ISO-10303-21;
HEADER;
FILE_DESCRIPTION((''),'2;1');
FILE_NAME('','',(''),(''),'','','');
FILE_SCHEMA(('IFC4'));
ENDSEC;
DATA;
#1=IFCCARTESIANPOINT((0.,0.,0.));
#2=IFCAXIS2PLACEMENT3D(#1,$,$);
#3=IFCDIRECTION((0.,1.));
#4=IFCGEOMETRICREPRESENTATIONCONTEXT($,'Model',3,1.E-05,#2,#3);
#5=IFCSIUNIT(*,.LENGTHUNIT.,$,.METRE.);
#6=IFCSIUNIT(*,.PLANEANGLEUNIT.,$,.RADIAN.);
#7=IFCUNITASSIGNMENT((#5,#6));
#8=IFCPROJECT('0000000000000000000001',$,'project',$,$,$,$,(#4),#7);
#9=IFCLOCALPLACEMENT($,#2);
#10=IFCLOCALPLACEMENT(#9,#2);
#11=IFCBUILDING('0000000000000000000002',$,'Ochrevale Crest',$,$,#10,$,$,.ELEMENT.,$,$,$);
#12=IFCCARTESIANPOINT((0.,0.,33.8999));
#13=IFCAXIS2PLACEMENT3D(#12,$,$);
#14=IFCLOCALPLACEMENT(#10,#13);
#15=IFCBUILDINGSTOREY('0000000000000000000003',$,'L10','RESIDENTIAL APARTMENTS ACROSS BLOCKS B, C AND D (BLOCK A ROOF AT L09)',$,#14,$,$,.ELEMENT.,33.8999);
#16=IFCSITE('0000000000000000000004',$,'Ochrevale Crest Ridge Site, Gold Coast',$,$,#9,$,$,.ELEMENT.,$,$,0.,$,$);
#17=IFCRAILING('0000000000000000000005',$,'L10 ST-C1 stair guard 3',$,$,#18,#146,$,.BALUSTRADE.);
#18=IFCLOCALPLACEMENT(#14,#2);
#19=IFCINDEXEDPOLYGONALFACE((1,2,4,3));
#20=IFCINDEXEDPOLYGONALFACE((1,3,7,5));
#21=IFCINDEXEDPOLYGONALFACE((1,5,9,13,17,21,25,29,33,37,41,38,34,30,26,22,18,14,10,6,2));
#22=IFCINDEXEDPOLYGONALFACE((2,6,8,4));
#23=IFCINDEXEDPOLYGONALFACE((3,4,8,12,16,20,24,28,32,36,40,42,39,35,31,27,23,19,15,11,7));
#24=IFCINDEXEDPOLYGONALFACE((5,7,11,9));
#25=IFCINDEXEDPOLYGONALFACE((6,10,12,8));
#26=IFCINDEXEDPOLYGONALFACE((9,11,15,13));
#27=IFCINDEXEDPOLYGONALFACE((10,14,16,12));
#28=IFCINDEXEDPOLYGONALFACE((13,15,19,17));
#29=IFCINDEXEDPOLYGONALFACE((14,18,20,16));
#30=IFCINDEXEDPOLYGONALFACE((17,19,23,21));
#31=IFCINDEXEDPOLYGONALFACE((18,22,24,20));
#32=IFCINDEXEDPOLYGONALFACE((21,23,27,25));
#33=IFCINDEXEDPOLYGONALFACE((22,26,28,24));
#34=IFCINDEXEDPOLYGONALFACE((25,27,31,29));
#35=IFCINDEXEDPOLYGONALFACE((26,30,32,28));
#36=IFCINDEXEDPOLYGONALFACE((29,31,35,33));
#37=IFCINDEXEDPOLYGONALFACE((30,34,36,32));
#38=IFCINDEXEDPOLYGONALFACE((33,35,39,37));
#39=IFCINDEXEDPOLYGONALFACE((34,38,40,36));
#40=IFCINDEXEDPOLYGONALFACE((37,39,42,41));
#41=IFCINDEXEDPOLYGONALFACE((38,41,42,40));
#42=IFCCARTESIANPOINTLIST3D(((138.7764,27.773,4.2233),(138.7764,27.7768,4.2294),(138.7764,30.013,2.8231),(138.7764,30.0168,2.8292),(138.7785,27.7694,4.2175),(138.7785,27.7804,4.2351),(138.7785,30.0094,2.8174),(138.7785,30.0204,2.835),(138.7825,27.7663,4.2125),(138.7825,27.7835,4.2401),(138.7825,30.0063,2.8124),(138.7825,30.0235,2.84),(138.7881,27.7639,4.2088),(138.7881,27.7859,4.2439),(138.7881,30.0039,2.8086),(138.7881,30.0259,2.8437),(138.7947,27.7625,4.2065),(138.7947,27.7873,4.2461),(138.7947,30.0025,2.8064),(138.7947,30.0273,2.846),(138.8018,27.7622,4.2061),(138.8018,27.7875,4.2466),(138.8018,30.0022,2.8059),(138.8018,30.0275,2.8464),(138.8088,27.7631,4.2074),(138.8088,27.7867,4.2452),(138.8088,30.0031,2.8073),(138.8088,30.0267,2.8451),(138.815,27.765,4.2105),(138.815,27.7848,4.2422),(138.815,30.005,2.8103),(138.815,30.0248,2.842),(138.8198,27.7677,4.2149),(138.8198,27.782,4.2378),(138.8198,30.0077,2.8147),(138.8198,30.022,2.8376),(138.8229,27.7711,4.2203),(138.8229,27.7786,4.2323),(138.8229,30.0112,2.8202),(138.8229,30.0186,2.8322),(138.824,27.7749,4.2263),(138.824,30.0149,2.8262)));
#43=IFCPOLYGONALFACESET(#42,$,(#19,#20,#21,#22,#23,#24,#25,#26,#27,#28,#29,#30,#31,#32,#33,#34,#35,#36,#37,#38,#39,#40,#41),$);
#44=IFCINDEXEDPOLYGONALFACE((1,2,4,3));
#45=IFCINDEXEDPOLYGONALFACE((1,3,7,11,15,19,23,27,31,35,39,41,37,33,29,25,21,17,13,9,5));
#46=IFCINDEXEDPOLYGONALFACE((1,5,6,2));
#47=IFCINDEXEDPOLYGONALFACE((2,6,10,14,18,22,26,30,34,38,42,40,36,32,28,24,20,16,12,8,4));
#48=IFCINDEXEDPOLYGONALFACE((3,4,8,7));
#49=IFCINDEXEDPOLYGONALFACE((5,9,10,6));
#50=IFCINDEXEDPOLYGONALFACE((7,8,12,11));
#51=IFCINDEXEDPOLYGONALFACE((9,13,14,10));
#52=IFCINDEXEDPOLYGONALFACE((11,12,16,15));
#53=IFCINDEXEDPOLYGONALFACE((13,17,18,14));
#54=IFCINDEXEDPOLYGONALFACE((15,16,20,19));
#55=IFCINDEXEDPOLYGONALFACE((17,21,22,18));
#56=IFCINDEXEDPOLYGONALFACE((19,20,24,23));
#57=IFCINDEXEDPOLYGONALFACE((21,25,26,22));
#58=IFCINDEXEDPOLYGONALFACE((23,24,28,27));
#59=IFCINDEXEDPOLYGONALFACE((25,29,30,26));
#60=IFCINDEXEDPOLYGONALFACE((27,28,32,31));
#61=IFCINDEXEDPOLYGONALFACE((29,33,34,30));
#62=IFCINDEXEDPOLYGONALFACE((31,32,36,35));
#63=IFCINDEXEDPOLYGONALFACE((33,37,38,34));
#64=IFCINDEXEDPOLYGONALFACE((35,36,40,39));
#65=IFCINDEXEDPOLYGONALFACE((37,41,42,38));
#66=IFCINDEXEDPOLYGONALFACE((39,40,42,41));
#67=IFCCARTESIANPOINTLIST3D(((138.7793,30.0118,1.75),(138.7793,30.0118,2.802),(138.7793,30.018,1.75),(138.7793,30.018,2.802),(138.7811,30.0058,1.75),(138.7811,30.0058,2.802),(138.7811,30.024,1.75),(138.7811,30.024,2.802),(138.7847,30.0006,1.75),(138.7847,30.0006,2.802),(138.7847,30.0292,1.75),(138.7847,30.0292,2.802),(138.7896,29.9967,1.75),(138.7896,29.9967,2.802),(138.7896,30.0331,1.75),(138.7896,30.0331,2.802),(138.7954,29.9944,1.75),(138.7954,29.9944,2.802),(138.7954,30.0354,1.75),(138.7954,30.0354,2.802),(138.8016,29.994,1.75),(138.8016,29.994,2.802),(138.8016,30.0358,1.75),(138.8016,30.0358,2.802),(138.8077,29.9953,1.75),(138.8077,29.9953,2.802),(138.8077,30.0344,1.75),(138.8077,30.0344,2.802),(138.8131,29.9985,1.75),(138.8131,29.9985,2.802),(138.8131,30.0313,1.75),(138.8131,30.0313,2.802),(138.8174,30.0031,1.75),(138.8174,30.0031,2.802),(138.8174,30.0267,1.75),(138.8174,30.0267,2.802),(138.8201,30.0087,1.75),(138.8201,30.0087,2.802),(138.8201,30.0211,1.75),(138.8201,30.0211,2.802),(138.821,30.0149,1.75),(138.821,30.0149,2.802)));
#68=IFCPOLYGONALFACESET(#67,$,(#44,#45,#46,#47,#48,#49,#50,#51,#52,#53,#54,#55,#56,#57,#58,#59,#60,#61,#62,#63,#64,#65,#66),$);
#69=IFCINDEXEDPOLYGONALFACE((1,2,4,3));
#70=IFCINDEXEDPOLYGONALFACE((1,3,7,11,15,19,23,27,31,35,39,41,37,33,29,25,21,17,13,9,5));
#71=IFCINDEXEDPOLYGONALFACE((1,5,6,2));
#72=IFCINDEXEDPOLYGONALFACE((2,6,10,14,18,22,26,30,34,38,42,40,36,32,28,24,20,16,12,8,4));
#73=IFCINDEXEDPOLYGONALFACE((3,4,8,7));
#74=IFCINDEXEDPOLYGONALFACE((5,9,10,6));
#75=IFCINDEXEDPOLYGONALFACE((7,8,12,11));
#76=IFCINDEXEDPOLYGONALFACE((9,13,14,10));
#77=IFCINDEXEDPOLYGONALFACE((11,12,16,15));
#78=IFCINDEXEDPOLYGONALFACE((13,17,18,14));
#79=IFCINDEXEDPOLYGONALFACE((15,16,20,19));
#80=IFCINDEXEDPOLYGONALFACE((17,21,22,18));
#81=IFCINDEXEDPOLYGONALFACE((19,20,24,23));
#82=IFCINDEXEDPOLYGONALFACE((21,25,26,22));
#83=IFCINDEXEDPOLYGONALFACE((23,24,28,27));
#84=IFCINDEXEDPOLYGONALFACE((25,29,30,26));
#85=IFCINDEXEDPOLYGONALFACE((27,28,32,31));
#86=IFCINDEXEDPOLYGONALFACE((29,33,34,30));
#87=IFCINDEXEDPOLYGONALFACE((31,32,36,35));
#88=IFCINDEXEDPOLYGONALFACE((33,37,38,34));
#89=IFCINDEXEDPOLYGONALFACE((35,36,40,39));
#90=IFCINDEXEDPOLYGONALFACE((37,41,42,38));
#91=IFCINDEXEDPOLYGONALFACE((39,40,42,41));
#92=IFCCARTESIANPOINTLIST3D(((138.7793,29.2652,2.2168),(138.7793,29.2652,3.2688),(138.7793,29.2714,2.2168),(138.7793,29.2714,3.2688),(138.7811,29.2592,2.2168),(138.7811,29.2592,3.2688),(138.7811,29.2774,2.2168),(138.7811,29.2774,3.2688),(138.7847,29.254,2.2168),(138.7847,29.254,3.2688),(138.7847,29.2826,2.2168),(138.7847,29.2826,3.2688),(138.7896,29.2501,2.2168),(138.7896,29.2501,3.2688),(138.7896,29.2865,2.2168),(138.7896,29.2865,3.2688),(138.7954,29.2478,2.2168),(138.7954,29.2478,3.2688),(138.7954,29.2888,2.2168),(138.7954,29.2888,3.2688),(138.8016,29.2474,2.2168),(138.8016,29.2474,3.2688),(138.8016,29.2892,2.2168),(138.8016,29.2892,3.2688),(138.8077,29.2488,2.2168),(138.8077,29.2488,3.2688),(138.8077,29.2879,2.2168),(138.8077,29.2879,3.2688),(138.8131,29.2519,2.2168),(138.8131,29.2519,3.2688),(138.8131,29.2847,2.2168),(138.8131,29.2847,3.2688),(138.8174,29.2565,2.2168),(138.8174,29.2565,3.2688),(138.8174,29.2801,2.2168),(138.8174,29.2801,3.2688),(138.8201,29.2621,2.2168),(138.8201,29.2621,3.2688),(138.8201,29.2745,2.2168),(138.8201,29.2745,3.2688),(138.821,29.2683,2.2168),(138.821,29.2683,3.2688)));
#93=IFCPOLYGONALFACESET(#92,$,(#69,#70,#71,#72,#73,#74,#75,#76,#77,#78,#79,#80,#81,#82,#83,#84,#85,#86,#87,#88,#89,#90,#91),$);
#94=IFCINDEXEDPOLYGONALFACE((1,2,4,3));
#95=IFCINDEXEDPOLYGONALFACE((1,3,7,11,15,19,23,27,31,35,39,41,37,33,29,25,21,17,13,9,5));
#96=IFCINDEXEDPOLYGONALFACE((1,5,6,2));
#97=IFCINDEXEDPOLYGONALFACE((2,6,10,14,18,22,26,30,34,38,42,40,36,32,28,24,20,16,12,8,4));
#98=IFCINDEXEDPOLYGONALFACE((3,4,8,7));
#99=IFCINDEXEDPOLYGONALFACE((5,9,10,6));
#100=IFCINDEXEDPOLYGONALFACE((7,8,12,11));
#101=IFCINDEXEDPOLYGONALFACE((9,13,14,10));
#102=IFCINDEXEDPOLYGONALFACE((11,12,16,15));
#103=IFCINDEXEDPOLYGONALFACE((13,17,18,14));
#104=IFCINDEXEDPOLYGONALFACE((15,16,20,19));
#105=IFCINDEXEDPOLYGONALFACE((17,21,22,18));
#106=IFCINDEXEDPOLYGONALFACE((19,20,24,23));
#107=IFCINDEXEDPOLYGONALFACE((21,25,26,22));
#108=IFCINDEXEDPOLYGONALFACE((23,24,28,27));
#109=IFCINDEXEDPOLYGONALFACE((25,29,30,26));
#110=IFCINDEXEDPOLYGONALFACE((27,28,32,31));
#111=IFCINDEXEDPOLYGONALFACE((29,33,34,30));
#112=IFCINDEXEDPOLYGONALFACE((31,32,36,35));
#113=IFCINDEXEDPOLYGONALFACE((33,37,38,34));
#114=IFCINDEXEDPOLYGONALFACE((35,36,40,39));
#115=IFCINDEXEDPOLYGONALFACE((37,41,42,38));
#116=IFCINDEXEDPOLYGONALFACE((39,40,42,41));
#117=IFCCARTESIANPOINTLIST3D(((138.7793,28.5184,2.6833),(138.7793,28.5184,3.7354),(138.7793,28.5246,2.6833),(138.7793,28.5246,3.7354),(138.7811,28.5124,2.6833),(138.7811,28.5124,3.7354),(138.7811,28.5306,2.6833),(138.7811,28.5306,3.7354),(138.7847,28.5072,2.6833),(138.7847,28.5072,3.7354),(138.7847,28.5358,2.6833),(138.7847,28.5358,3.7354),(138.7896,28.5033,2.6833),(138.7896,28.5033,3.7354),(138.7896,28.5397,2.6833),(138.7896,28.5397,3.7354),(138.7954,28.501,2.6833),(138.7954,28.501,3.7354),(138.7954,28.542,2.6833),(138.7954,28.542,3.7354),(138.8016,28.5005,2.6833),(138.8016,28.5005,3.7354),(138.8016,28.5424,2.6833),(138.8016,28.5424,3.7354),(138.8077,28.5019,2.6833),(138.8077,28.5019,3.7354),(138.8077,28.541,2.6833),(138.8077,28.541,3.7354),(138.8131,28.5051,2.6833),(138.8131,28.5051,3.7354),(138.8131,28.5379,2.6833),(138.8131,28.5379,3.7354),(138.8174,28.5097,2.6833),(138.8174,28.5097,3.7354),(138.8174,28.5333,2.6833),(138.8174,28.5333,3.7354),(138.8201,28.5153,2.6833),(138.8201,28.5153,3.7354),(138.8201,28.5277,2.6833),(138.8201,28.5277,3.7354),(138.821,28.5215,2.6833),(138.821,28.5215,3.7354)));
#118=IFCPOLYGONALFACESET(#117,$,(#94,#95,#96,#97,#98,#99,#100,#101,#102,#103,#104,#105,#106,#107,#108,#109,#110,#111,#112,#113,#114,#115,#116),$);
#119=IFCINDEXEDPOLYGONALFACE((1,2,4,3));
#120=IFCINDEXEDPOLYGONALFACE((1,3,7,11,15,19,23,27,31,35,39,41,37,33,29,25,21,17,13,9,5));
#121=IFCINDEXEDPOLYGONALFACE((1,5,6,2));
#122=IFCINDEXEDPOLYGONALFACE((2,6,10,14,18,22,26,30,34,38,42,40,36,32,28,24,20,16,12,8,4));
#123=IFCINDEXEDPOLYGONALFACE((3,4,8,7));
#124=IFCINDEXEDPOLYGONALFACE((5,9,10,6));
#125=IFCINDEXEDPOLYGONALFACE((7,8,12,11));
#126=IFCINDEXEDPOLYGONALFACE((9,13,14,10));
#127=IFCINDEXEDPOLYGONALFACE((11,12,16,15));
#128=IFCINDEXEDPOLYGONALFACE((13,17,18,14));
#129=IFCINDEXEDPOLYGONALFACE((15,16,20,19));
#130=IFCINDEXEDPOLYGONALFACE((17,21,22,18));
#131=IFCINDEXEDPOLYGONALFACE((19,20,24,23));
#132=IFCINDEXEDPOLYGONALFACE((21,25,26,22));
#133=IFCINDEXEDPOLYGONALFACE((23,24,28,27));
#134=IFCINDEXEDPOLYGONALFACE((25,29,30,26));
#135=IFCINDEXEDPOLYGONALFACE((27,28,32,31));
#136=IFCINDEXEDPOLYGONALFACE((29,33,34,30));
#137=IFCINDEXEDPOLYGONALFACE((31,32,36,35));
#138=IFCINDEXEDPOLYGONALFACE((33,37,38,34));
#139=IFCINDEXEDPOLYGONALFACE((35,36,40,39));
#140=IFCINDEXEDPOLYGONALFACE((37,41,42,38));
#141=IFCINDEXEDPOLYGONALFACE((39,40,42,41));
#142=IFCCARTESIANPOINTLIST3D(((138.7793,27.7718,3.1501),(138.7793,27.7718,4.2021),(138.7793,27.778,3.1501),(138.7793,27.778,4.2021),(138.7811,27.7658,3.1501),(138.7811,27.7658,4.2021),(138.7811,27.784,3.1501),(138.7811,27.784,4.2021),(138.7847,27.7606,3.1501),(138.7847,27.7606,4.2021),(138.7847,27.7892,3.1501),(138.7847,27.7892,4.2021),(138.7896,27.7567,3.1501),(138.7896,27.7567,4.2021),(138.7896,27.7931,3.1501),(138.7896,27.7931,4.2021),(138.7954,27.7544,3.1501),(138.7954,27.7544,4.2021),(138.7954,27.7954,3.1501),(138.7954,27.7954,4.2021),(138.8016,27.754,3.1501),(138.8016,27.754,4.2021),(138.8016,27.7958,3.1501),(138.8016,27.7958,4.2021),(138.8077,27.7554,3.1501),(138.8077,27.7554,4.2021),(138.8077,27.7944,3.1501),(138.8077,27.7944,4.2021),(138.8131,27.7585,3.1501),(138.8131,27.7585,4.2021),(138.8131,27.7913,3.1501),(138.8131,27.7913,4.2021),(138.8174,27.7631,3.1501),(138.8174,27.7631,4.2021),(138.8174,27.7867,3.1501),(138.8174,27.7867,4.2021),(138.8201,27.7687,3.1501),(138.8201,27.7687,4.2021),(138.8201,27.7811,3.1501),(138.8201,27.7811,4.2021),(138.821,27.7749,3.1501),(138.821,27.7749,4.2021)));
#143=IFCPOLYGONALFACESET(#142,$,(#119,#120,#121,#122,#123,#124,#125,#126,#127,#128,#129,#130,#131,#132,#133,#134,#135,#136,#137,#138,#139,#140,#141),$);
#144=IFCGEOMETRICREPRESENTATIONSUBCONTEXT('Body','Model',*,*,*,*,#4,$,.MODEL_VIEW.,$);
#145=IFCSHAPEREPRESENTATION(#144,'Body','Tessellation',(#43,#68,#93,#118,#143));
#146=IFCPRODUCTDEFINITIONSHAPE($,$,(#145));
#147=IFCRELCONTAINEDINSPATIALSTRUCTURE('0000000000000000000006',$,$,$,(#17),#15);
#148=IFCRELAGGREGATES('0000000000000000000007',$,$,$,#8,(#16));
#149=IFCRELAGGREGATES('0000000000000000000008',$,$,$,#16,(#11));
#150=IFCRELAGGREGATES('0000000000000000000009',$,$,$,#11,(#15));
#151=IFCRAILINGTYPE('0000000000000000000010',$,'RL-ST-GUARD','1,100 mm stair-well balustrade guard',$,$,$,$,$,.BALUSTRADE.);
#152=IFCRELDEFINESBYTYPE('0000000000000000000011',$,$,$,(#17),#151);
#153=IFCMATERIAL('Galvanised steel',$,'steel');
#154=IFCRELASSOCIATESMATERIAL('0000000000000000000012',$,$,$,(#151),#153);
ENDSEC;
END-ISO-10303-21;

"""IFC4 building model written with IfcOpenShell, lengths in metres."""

from ifc_helpers import new_model, si_unit, direction, frame, origin, origin_2d, place, context, subcontext, project, spatial, circle, extrude, material, type_object, element, save


model = new_model("IFC4")

# Units and contexts
model_context = context("Model", 3, precision=1e-05, world=origin(), true_north=direction((0.0, 1.0)))
body_context = subcontext(model_context, "Body", "Model", "MODEL_VIEW")
ifc_project = project(units=[si_unit("LENGTHUNIT", "METRE"), si_unit("PLANEANGLEUNIT", "RADIAN")], contexts=[model_context])

# Site, building, storey
site_placement = place(None, origin())
site = spatial("IfcSite", under=ifc_project, at=site_placement, Name="Ochrevale Crest Ridge Site, Gold Coast", CompositionType="ELEMENT", RefElevation=0.0)
building_placement = place(site_placement, origin())
building = spatial("IfcBuilding", under=site, at=building_placement, Name="Ochrevale Crest", CompositionType="ELEMENT")
storey_placement = place(building_placement, frame((0.0, 0.0, 33.8999)))
storey = spatial("IfcBuildingStorey", under=building, at=storey_placement, Name="L10", Description="RESIDENTIAL APARTMENTS ACROSS BLOCKS B, C AND D (BLOCK A ROOF AT L09)", CompositionType="ELEMENT", Elevation=33.8999)

# Railing
ifc_material_1 = material(Name="Galvanised steel", Category="steel")
railing_type_1 = type_object("IfcRailingType", Name="RL-ST-GUARD", Description="1,100 mm stair-well balustrade guard", PredefinedType="BALUSTRADE", material=ifc_material_1)
railing_1_placement = place(storey_placement, frame((138.8, 30.0149, 1.75)))
element("IfcRailing", 1, at=railing_1_placement, inside=storey, type_object=railing_type_1, Name="L10 ST-C1 stair guard 3", PredefinedType="BALUSTRADE", context=body_context, shape_type="SweptSolid", body=[
    extrude(circle(Radius=0.0239, at=origin_2d()), frame((0.0, 0.0, 1.0762), z_axis=(0.0, -0.847972, 0.53004), x_axis=(1.0, 0.0, 0.0)), (0.0, 0.0, 1.0), 2.6416),
    extrude(circle(Radius=0.021, at=origin_2d()), origin(), (0.0, 0.0, 1.0), 1.052),
    extrude(circle(Radius=0.021, at=origin_2d()), frame((0.0, -0.7466, 0.4668)), (0.0, 0.0, 1.0), 1.052),
    extrude(circle(Radius=0.021, at=origin_2d()), frame((0.0, -1.4934, 0.9333)), (0.0, 0.0, 1.0), 1.052),
    extrude(circle(Radius=0.021, at=origin_2d()), frame((0.0, -2.24, 1.4001)), (0.0, 0.0, 1.0), 1.052),
])

save(model, "model.ifc")
